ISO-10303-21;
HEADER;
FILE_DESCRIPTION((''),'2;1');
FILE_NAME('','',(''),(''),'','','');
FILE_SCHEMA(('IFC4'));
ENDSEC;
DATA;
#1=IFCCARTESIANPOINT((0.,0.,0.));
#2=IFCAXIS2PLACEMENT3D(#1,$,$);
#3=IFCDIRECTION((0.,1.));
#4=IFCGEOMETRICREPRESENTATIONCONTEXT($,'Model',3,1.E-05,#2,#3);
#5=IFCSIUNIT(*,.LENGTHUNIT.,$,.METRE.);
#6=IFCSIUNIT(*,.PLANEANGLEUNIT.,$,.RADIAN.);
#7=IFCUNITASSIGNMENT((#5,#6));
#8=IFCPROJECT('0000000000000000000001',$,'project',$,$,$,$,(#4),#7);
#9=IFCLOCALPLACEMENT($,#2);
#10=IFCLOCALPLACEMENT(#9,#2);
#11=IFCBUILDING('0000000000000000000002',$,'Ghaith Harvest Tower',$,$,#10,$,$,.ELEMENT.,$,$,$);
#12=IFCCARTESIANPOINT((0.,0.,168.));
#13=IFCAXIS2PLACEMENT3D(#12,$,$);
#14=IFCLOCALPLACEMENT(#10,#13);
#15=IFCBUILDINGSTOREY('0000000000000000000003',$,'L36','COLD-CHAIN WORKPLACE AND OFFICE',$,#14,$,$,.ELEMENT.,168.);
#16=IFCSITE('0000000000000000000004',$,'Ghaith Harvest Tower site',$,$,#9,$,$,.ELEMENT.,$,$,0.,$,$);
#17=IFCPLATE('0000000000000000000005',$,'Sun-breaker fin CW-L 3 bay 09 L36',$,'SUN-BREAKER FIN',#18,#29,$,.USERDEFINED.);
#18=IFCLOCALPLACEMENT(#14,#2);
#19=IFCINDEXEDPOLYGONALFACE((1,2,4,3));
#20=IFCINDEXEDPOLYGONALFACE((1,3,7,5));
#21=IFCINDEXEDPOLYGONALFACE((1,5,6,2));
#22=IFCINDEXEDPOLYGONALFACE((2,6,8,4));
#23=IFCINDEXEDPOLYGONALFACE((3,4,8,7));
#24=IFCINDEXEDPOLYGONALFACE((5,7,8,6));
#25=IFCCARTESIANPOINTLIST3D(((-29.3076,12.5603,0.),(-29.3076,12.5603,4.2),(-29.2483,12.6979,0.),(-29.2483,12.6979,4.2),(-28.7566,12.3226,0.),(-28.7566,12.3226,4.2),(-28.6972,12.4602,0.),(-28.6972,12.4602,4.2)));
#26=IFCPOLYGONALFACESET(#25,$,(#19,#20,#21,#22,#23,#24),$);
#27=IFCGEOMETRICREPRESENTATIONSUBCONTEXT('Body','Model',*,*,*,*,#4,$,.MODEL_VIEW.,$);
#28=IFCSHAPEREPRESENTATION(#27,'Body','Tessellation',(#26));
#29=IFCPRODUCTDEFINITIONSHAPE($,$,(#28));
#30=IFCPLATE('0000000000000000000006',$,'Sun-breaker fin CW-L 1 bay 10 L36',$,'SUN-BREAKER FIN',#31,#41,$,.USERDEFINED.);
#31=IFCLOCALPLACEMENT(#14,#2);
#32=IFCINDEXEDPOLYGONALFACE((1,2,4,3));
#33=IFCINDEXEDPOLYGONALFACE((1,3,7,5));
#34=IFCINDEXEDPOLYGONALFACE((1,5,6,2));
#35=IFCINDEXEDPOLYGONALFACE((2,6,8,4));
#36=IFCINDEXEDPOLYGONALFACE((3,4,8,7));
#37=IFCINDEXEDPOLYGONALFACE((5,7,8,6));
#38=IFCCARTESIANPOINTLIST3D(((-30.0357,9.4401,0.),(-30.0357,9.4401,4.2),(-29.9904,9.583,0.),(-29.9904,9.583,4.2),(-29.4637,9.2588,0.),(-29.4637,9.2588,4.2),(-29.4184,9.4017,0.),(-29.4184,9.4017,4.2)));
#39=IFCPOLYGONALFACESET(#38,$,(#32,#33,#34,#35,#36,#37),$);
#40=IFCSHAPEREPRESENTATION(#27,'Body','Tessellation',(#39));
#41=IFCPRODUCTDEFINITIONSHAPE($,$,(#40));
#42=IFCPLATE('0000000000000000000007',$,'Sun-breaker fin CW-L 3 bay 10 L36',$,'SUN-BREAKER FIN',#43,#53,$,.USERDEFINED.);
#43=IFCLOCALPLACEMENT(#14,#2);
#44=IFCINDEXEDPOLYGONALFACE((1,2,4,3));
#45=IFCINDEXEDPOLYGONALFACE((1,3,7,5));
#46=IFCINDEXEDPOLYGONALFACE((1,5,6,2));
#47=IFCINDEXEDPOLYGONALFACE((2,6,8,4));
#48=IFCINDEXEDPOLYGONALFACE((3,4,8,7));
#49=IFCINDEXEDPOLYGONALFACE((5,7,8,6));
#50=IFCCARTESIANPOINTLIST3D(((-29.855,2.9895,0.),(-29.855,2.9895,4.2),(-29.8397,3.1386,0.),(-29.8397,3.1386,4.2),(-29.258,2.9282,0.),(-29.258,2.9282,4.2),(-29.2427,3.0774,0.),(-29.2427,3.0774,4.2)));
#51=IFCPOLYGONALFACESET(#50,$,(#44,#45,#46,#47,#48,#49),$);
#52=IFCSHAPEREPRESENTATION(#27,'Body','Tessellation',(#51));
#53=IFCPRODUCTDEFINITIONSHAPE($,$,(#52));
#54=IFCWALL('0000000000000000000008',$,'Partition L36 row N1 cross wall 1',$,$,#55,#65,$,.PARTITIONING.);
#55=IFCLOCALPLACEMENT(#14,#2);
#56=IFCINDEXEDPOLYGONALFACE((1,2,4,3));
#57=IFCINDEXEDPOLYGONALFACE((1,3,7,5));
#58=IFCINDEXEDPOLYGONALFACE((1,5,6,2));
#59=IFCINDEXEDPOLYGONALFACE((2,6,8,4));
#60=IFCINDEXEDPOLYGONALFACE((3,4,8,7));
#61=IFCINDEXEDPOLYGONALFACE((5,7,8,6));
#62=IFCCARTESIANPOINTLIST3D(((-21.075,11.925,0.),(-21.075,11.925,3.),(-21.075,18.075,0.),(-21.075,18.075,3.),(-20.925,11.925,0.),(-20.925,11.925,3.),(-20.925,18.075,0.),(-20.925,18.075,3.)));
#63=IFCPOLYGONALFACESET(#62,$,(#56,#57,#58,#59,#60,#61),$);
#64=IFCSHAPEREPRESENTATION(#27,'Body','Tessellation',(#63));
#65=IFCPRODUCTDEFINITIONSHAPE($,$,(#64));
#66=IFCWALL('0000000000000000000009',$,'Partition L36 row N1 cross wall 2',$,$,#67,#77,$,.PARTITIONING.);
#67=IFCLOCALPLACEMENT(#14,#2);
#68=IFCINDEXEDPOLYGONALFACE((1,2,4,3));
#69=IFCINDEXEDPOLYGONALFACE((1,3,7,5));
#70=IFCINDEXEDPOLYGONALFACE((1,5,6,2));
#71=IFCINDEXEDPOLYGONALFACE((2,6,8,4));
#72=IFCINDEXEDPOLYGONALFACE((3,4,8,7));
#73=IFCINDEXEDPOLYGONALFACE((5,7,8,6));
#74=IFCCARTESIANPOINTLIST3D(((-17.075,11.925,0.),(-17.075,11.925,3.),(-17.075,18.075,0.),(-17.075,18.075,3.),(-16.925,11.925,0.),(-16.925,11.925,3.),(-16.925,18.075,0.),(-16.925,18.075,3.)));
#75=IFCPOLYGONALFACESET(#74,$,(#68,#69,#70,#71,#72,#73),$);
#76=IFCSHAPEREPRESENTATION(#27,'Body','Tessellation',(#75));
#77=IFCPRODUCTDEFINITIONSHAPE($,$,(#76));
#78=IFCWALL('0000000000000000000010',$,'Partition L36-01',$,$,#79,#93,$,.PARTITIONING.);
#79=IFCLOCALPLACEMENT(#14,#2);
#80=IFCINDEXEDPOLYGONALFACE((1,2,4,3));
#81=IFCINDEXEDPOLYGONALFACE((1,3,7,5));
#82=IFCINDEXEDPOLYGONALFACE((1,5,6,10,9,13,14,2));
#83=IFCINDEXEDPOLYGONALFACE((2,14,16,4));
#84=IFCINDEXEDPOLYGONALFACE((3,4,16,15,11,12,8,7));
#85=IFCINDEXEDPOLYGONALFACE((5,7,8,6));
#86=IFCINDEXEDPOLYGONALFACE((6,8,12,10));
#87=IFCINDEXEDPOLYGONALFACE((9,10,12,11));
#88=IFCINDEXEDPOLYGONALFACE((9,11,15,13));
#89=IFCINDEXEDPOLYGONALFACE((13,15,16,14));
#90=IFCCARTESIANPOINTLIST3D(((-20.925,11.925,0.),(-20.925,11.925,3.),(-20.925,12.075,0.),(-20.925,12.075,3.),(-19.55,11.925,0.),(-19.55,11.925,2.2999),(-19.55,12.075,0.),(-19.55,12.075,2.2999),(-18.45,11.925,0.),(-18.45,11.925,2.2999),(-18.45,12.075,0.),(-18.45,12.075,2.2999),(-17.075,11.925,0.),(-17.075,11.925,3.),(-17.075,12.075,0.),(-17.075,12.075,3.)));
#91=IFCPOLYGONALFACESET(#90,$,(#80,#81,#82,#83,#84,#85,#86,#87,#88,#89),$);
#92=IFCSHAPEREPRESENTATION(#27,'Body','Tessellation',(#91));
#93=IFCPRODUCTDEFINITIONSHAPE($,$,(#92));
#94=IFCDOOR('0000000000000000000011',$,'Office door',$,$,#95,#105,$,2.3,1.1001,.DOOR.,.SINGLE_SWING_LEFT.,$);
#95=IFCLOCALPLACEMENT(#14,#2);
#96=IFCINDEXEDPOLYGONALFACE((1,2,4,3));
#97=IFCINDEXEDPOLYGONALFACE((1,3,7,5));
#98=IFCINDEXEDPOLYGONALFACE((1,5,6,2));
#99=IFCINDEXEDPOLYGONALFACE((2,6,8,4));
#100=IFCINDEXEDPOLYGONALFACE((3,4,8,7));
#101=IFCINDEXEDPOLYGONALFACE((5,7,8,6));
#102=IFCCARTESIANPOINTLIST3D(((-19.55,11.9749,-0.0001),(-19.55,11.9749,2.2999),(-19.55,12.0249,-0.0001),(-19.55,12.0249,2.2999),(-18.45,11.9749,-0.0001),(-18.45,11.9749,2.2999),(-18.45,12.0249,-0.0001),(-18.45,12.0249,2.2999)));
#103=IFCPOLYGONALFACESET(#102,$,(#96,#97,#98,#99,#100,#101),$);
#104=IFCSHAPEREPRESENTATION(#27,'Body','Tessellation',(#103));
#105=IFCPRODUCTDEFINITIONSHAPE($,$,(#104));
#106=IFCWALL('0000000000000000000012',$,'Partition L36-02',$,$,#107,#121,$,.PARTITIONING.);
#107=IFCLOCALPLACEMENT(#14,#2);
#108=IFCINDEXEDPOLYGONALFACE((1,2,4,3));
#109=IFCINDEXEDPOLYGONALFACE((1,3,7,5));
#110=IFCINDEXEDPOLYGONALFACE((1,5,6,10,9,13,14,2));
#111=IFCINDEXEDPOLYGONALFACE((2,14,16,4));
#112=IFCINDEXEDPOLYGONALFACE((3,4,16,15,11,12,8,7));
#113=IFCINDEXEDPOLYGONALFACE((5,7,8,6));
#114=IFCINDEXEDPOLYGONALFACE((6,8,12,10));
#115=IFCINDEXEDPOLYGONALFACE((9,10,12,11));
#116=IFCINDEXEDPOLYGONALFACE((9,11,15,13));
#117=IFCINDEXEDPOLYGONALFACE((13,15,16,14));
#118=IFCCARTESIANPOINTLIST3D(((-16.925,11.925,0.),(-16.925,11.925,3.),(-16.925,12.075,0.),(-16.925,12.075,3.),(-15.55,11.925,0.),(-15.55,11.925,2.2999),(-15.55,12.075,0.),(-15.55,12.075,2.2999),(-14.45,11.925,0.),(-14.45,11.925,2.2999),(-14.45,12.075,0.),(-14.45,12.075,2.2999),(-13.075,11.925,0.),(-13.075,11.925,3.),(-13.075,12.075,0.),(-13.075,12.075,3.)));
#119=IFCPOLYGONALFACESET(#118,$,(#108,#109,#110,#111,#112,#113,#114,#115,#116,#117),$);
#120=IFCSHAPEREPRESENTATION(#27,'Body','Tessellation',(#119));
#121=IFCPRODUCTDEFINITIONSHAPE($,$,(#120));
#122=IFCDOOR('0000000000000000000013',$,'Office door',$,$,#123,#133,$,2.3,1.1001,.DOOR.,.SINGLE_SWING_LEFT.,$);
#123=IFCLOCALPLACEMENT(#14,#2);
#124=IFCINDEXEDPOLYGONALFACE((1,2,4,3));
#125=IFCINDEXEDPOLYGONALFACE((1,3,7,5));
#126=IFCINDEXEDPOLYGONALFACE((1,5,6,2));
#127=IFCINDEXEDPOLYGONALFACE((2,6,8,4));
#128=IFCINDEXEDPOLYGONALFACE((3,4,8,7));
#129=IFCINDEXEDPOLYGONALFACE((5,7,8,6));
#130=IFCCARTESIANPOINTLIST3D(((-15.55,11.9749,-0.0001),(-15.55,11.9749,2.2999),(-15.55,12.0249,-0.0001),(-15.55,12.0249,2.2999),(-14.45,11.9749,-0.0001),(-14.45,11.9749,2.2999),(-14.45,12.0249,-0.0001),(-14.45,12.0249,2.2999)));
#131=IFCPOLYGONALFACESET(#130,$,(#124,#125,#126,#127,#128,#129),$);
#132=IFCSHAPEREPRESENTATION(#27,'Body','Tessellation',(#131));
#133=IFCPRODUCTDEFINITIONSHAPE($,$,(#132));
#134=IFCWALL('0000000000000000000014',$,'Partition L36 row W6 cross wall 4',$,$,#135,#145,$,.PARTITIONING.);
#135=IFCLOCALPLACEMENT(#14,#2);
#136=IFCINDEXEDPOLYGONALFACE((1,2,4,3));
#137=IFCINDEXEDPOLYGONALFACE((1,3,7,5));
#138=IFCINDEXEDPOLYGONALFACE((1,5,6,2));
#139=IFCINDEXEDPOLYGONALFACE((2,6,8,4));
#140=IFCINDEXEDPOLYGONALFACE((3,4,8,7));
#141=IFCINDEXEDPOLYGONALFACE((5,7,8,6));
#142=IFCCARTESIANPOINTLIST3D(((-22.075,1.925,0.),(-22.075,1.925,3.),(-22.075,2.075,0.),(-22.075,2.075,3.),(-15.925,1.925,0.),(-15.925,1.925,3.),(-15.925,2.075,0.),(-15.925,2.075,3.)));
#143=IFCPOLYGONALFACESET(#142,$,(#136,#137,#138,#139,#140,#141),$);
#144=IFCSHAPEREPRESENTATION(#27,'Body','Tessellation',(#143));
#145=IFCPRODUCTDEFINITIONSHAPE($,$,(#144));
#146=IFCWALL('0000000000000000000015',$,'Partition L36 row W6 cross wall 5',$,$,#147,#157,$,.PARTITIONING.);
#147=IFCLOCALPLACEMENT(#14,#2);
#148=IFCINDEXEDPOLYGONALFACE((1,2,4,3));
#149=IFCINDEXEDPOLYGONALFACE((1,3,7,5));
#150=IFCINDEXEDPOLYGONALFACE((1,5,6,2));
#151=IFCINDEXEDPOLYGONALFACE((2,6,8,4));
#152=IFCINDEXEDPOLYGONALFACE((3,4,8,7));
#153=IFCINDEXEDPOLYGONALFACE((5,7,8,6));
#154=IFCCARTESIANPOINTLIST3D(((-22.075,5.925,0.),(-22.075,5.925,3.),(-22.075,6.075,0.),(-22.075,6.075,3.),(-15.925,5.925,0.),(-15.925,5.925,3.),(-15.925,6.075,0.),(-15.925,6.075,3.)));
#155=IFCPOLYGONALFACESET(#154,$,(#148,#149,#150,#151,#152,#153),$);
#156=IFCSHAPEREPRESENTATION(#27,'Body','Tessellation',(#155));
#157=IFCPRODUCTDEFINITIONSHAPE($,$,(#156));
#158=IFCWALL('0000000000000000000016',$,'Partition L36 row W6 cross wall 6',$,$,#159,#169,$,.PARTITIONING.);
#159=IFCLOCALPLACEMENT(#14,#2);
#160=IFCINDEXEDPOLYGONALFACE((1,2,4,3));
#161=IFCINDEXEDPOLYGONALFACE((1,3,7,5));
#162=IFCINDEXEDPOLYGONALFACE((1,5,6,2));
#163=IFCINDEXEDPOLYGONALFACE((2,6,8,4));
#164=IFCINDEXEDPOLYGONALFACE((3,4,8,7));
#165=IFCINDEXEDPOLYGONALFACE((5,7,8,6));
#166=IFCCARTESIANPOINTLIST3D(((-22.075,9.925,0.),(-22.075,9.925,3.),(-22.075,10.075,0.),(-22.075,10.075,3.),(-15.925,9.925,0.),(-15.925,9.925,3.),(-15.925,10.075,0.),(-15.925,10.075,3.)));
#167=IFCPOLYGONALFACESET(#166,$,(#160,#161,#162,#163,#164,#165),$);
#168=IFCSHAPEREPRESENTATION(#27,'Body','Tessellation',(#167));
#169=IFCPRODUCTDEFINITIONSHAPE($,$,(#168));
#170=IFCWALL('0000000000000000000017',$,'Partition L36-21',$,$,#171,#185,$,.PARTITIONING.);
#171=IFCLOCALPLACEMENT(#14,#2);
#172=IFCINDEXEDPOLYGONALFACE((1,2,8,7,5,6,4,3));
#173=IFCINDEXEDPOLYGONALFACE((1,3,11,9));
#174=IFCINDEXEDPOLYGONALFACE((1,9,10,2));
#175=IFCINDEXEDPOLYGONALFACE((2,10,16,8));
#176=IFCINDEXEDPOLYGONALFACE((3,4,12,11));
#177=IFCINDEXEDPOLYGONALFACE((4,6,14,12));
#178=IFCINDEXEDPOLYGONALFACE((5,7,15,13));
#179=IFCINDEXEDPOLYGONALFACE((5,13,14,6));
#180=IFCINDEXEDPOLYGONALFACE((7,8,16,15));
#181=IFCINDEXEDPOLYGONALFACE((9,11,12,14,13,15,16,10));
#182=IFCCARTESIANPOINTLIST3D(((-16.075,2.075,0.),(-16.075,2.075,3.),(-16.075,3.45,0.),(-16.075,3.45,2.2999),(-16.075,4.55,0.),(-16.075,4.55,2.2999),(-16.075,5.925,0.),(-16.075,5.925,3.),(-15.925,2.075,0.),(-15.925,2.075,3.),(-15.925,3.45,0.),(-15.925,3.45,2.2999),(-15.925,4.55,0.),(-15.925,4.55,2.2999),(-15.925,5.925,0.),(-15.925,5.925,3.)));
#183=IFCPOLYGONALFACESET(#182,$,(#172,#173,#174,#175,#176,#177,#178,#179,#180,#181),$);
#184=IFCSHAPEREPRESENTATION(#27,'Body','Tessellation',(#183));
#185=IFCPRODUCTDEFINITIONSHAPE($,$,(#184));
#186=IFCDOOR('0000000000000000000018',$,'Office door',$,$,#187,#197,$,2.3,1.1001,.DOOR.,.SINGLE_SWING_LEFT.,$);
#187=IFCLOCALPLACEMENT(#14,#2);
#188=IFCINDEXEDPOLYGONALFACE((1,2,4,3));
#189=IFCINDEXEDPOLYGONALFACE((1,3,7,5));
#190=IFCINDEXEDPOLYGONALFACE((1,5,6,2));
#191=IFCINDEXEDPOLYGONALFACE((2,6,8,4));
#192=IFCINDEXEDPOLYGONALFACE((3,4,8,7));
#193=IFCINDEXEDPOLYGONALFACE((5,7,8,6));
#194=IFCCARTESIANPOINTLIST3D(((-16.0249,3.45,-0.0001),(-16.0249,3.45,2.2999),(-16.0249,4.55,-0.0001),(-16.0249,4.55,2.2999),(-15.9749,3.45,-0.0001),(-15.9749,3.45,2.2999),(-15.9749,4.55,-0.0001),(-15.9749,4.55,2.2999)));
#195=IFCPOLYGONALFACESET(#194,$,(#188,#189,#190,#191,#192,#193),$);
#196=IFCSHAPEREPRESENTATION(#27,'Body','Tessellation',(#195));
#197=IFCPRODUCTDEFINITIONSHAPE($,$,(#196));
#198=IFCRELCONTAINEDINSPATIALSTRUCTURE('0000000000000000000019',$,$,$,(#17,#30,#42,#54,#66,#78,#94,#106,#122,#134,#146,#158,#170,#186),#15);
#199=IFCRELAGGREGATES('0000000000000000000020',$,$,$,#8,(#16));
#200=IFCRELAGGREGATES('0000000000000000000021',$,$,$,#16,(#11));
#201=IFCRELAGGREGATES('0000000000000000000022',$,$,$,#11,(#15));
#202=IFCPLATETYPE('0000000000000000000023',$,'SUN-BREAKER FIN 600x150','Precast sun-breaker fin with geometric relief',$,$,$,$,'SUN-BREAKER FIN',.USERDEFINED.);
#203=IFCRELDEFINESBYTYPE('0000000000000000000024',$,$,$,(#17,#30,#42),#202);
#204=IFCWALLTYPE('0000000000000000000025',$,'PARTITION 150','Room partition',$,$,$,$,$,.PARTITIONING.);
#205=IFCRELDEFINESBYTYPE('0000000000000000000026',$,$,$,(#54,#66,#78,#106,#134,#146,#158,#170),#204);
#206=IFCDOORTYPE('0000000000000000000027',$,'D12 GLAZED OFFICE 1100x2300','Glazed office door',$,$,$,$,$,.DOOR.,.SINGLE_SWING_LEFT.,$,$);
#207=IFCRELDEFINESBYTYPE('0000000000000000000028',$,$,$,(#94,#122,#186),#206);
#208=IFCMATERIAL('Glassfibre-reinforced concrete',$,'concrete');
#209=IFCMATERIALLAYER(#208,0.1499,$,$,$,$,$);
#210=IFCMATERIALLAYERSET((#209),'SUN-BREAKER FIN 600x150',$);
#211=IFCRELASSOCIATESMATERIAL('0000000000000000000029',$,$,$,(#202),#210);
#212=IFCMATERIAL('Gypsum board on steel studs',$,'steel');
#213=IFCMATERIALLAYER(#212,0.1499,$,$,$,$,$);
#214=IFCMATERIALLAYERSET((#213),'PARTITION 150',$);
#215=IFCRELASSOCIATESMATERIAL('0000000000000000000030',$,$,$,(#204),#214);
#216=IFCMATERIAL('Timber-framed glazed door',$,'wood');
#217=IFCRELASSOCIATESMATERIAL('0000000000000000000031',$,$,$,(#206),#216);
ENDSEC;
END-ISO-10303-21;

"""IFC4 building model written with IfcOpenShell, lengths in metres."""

from ifc_helpers import new_model, si_unit, direction, frame, frame_2d, origin, origin_2d, place, context, subcontext, project, spatial, rectangle, extrude, material, layer, layer_set, type_object, element, fill, save


model = new_model("IFC4")

# Units and contexts
model_context = context("Model", 3, precision=1e-05, world=origin(), true_north=direction((0.0, 1.0)))
body_context = subcontext(model_context, "Body", "Model", "MODEL_VIEW")
ifc_project = project(units=[si_unit("LENGTHUNIT", "METRE"), si_unit("PLANEANGLEUNIT", "RADIAN")], contexts=[model_context])

# Site, building, storey
site_placement = place(None, origin())
site = spatial("IfcSite", under=ifc_project, at=site_placement, Name="Ghaith Harvest Tower site", CompositionType="ELEMENT", RefElevation=0.0)
building_placement = place(site_placement, origin())
building = spatial("IfcBuilding", under=site, at=building_placement, Name="Ghaith Harvest Tower", CompositionType="ELEMENT")
storey_placement = place(building_placement, frame((0.0, 0.0, 168.0)))
storey = spatial("IfcBuildingStorey", under=building, at=storey_placement, Name="L36", Description="COLD-CHAIN WORKPLACE AND OFFICE", CompositionType="ELEMENT", Elevation=168.0)

# Plates
ifc_material_1 = material(Name="Glassfibre-reinforced concrete", Category="concrete")
ifc_layer_1 = layer(ifc_material_1, 0.1499)
ifc_layer_set_1 = layer_set([ifc_layer_1], Name="SUN-BREAKER FIN 600x150")
plate_type_1 = type_object("IfcPlateType", Name="SUN-BREAKER FIN 600x150", Description="Precast sun-breaker fin with geometric relief", ElementType="SUN-BREAKER FIN", PredefinedType="USERDEFINED", material=ifc_layer_set_1)
for number, where, z_axis, x_axis, name in (
    (1, (-29.0024, 12.5103, 0.0), (0.0, 0.0, 1.0), (-0.918218, 0.396075, 0.0), "Sun-breaker fin CW-L 3 bay 09 L36"),
    (2, (-29.7271, 9.4209, 0.0), (0.0, 0.0, 1.0), (-0.953273, 0.30211, 0.0), "Sun-breaker fin CW-L 1 bay 10 L36"),
    (3, (-29.5488, 3.0334, 0.0), (0.0, 0.0, 1.0), (-0.994772, 0.102123, 0.0), "Sun-breaker fin CW-L 3 bay 10 L36"),
):
    element("IfcPlate", number, at=place(storey_placement, frame(where, z_axis=z_axis, x_axis=x_axis)), inside=storey, type_object=plate_type_1, Name=name, ObjectType="SUN-BREAKER FIN", PredefinedType="USERDEFINED", context=body_context, shape_type="SweptSolid", body=[
        extrude(rectangle(XDim=0.6001, YDim=0.1499, at=origin_2d()), origin(), (0.0, 0.0, 1.0), 4.2),
    ])

# Walls
ifc_material_2 = material(Name="Gypsum board on steel studs", Category="steel")
ifc_layer_2 = layer(ifc_material_2, 0.1499)
ifc_layer_set_2 = layer_set([ifc_layer_2], Name="PARTITION 150")
wall_type = type_object("IfcWallType", Name="PARTITION 150", Description="Room partition", PredefinedType="PARTITIONING", material=ifc_layer_set_2)
for number, where, z_axis, x_axis, name in (
    (4, (-21.0, 11.925, 0.0), (0.0, 0.0, 1.0), (0.0, 1.0, 0.0), "Partition L36 row N1 cross wall 1"),
    (5, (-17.0, 11.925, 0.0), (0.0, 0.0, 1.0), (0.0, 1.0, 0.0), "Partition L36 row N1 cross wall 2"),
):
    element("IfcWall", number, at=place(storey_placement, frame(where, z_axis=z_axis, x_axis=x_axis)), inside=storey, type_object=wall_type, Name=name, PredefinedType="PARTITIONING", context=body_context, shape_type="SweptSolid", body=[
        extrude(rectangle(XDim=6.1499, YDim=0.1499, at=frame_2d((3.075, 0.0))), origin(), (0.0, 0.0, 1.0), 3.0),
    ])

# Walls, openings, doors
wall_1_placement = place(storey_placement, frame((-20.925, 12.0, 0.0), z_axis=(0.0, 0.0, 1.0), x_axis=(1.0, 0.0, 0.0)))
wall_1 = element("IfcWall", 6, at=wall_1_placement, inside=storey, type_object=wall_type, Name="Partition L36-01", PredefinedType="PARTITIONING", context=body_context, shape_type="SweptSolid", body=[
    extrude(rectangle(XDim=3.8501, YDim=0.1499, at=frame_2d((1.925, 0.0))), origin(), (0.0, 0.0, 1.0), 3.0),
])
opening_1_placement = place(wall_1_placement, frame((1.375, 0.0, 0.0)))
opening_1 = element("IfcOpeningElement", 7, at=opening_1_placement, cuts=wall_1, PredefinedType="OPENING", context=body_context, shape_type="SweptSolid", body=[
    extrude(rectangle(XDim=1.1001, YDim=2.3, at=frame_2d((0.55, 1.1499))), frame((0.0, 0.085, 0.0), z_axis=(0.0, -1.0, 0.0), x_axis=(1.0, 0.0, 0.0)), (0.0, 0.0, 1.0), 0.1699),
])
ifc_material_3 = material(Name="Timber-framed glazed door", Category="wood")
door_type = type_object("IfcDoorType", Name="D12 GLAZED OFFICE 1100x2300", Description="Glazed office door", OperationType="SINGLE_SWING_LEFT", PredefinedType="DOOR", material=ifc_material_3)
door_1_placement = place(opening_1_placement, origin())
door_1 = element("IfcDoor", 8, at=door_1_placement, inside=storey, type_object=door_type, Name="Office door", OperationType="SINGLE_SWING_LEFT", OverallHeight=2.3, OverallWidth=1.1001, PredefinedType="DOOR", context=body_context, shape_type="SweptSolid", body=[
    extrude(rectangle(XDim=1.1001, YDim=2.3, at=frame_2d((0.55, 1.1499))), frame((0.0, 0.0249, 0.0), z_axis=(0.0, -1.0, 0.0), x_axis=(1.0, 0.0, 0.0)), (0.0, 0.0, 1.0), 0.05),
])
fill(opening_1, door_1)
wall_2_placement = place(storey_placement, frame((-16.925, 12.0, 0.0), z_axis=(0.0, 0.0, 1.0), x_axis=(1.0, 0.0, 0.0)))
wall_2 = element("IfcWall", 9, at=wall_2_placement, inside=storey, type_object=wall_type, Name="Partition L36-02", PredefinedType="PARTITIONING", context=body_context, shape_type="SweptSolid", body=[
    extrude(rectangle(XDim=3.8501, YDim=0.1499, at=frame_2d((1.925, 0.0))), origin(), (0.0, 0.0, 1.0), 3.0),
])
opening_2_placement = place(wall_2_placement, frame((1.375, 0.0, 0.0)))
opening_2 = element("IfcOpeningElement", 10, at=opening_2_placement, cuts=wall_2, PredefinedType="OPENING", context=body_context, shape_type="SweptSolid", body=[
    extrude(rectangle(XDim=1.1001, YDim=2.3, at=frame_2d((0.55, 1.1499))), frame((0.0, 0.085, 0.0), z_axis=(0.0, -1.0, 0.0), x_axis=(1.0, 0.0, 0.0)), (0.0, 0.0, 1.0), 0.1699),
])
door_2_placement = place(opening_2_placement, origin())
door_2 = element("IfcDoor", 11, at=door_2_placement, inside=storey, type_object=door_type, Name="Office door", OperationType="SINGLE_SWING_LEFT", OverallHeight=2.3, OverallWidth=1.1001, PredefinedType="DOOR", context=body_context, shape_type="SweptSolid", body=[
    extrude(rectangle(XDim=1.1001, YDim=2.3, at=frame_2d((0.55, 1.1499))), frame((0.0, 0.0249, 0.0), z_axis=(0.0, -1.0, 0.0), x_axis=(1.0, 0.0, 0.0)), (0.0, 0.0, 1.0), 0.05),
])
fill(opening_2, door_2)

# Walls
for number, where, z_axis, x_axis, name in (
    (12, (-15.925, 2.0, 0.0), (0.0, 0.0, 1.0), (-1.0, 0.0, 0.0), "Partition L36 row W6 cross wall 4"),
    (13, (-15.925, 6.0, 0.0), (0.0, 0.0, 1.0), (-1.0, 0.0, 0.0), "Partition L36 row W6 cross wall 5"),
    (14, (-15.925, 10.0, 0.0), (0.0, 0.0, 1.0), (-1.0, 0.0, 0.0), "Partition L36 row W6 cross wall 6"),
):
    element("IfcWall", number, at=place(storey_placement, frame(where, z_axis=z_axis, x_axis=x_axis)), inside=storey, type_object=wall_type, Name=name, PredefinedType="PARTITIONING", context=body_context, shape_type="SweptSolid", body=[
        extrude(rectangle(XDim=6.1499, YDim=0.1499, at=frame_2d((3.075, 0.0))), origin(), (0.0, 0.0, 1.0), 3.0),
    ])

# Wall, opening, door
wall_3_placement = place(storey_placement, frame((-16.0, 2.075, 0.0), z_axis=(0.0, 0.0, 1.0), x_axis=(0.0, 1.0, 0.0)))
wall_3 = element("IfcWall", 15, at=wall_3_placement, inside=storey, type_object=wall_type, Name="Partition L36-21", PredefinedType="PARTITIONING", context=body_context, shape_type="SweptSolid", body=[
    extrude(rectangle(XDim=3.8501, YDim=0.1499, at=frame_2d((1.925, 0.0))), origin(), (0.0, 0.0, 1.0), 3.0),
])
opening_3_placement = place(wall_3_placement, frame((1.375, 0.0, 0.0)))
opening_3 = element("IfcOpeningElement", 16, at=opening_3_placement, cuts=wall_3, PredefinedType="OPENING", context=body_context, shape_type="SweptSolid", body=[
    extrude(rectangle(XDim=1.1001, YDim=2.3, at=frame_2d((0.55, 1.1499))), frame((0.0, 0.085, 0.0), z_axis=(0.0, -1.0, 0.0), x_axis=(1.0, 0.0, 0.0)), (0.0, 0.0, 1.0), 0.1699),
])
door_3_placement = place(opening_3_placement, origin())
door_3 = element("IfcDoor", 17, at=door_3_placement, inside=storey, type_object=door_type, Name="Office door", OperationType="SINGLE_SWING_LEFT", OverallHeight=2.3, OverallWidth=1.1001, PredefinedType="DOOR", context=body_context, shape_type="SweptSolid", body=[
    extrude(rectangle(XDim=1.1001, YDim=2.3, at=frame_2d((0.55, 1.1499))), frame((0.0, 0.0249, 0.0), z_axis=(0.0, -1.0, 0.0), x_axis=(1.0, 0.0, 0.0)), (0.0, 0.0, 1.0), 0.05),
])
fill(opening_3, door_3)

save(model, "model.ifc")
